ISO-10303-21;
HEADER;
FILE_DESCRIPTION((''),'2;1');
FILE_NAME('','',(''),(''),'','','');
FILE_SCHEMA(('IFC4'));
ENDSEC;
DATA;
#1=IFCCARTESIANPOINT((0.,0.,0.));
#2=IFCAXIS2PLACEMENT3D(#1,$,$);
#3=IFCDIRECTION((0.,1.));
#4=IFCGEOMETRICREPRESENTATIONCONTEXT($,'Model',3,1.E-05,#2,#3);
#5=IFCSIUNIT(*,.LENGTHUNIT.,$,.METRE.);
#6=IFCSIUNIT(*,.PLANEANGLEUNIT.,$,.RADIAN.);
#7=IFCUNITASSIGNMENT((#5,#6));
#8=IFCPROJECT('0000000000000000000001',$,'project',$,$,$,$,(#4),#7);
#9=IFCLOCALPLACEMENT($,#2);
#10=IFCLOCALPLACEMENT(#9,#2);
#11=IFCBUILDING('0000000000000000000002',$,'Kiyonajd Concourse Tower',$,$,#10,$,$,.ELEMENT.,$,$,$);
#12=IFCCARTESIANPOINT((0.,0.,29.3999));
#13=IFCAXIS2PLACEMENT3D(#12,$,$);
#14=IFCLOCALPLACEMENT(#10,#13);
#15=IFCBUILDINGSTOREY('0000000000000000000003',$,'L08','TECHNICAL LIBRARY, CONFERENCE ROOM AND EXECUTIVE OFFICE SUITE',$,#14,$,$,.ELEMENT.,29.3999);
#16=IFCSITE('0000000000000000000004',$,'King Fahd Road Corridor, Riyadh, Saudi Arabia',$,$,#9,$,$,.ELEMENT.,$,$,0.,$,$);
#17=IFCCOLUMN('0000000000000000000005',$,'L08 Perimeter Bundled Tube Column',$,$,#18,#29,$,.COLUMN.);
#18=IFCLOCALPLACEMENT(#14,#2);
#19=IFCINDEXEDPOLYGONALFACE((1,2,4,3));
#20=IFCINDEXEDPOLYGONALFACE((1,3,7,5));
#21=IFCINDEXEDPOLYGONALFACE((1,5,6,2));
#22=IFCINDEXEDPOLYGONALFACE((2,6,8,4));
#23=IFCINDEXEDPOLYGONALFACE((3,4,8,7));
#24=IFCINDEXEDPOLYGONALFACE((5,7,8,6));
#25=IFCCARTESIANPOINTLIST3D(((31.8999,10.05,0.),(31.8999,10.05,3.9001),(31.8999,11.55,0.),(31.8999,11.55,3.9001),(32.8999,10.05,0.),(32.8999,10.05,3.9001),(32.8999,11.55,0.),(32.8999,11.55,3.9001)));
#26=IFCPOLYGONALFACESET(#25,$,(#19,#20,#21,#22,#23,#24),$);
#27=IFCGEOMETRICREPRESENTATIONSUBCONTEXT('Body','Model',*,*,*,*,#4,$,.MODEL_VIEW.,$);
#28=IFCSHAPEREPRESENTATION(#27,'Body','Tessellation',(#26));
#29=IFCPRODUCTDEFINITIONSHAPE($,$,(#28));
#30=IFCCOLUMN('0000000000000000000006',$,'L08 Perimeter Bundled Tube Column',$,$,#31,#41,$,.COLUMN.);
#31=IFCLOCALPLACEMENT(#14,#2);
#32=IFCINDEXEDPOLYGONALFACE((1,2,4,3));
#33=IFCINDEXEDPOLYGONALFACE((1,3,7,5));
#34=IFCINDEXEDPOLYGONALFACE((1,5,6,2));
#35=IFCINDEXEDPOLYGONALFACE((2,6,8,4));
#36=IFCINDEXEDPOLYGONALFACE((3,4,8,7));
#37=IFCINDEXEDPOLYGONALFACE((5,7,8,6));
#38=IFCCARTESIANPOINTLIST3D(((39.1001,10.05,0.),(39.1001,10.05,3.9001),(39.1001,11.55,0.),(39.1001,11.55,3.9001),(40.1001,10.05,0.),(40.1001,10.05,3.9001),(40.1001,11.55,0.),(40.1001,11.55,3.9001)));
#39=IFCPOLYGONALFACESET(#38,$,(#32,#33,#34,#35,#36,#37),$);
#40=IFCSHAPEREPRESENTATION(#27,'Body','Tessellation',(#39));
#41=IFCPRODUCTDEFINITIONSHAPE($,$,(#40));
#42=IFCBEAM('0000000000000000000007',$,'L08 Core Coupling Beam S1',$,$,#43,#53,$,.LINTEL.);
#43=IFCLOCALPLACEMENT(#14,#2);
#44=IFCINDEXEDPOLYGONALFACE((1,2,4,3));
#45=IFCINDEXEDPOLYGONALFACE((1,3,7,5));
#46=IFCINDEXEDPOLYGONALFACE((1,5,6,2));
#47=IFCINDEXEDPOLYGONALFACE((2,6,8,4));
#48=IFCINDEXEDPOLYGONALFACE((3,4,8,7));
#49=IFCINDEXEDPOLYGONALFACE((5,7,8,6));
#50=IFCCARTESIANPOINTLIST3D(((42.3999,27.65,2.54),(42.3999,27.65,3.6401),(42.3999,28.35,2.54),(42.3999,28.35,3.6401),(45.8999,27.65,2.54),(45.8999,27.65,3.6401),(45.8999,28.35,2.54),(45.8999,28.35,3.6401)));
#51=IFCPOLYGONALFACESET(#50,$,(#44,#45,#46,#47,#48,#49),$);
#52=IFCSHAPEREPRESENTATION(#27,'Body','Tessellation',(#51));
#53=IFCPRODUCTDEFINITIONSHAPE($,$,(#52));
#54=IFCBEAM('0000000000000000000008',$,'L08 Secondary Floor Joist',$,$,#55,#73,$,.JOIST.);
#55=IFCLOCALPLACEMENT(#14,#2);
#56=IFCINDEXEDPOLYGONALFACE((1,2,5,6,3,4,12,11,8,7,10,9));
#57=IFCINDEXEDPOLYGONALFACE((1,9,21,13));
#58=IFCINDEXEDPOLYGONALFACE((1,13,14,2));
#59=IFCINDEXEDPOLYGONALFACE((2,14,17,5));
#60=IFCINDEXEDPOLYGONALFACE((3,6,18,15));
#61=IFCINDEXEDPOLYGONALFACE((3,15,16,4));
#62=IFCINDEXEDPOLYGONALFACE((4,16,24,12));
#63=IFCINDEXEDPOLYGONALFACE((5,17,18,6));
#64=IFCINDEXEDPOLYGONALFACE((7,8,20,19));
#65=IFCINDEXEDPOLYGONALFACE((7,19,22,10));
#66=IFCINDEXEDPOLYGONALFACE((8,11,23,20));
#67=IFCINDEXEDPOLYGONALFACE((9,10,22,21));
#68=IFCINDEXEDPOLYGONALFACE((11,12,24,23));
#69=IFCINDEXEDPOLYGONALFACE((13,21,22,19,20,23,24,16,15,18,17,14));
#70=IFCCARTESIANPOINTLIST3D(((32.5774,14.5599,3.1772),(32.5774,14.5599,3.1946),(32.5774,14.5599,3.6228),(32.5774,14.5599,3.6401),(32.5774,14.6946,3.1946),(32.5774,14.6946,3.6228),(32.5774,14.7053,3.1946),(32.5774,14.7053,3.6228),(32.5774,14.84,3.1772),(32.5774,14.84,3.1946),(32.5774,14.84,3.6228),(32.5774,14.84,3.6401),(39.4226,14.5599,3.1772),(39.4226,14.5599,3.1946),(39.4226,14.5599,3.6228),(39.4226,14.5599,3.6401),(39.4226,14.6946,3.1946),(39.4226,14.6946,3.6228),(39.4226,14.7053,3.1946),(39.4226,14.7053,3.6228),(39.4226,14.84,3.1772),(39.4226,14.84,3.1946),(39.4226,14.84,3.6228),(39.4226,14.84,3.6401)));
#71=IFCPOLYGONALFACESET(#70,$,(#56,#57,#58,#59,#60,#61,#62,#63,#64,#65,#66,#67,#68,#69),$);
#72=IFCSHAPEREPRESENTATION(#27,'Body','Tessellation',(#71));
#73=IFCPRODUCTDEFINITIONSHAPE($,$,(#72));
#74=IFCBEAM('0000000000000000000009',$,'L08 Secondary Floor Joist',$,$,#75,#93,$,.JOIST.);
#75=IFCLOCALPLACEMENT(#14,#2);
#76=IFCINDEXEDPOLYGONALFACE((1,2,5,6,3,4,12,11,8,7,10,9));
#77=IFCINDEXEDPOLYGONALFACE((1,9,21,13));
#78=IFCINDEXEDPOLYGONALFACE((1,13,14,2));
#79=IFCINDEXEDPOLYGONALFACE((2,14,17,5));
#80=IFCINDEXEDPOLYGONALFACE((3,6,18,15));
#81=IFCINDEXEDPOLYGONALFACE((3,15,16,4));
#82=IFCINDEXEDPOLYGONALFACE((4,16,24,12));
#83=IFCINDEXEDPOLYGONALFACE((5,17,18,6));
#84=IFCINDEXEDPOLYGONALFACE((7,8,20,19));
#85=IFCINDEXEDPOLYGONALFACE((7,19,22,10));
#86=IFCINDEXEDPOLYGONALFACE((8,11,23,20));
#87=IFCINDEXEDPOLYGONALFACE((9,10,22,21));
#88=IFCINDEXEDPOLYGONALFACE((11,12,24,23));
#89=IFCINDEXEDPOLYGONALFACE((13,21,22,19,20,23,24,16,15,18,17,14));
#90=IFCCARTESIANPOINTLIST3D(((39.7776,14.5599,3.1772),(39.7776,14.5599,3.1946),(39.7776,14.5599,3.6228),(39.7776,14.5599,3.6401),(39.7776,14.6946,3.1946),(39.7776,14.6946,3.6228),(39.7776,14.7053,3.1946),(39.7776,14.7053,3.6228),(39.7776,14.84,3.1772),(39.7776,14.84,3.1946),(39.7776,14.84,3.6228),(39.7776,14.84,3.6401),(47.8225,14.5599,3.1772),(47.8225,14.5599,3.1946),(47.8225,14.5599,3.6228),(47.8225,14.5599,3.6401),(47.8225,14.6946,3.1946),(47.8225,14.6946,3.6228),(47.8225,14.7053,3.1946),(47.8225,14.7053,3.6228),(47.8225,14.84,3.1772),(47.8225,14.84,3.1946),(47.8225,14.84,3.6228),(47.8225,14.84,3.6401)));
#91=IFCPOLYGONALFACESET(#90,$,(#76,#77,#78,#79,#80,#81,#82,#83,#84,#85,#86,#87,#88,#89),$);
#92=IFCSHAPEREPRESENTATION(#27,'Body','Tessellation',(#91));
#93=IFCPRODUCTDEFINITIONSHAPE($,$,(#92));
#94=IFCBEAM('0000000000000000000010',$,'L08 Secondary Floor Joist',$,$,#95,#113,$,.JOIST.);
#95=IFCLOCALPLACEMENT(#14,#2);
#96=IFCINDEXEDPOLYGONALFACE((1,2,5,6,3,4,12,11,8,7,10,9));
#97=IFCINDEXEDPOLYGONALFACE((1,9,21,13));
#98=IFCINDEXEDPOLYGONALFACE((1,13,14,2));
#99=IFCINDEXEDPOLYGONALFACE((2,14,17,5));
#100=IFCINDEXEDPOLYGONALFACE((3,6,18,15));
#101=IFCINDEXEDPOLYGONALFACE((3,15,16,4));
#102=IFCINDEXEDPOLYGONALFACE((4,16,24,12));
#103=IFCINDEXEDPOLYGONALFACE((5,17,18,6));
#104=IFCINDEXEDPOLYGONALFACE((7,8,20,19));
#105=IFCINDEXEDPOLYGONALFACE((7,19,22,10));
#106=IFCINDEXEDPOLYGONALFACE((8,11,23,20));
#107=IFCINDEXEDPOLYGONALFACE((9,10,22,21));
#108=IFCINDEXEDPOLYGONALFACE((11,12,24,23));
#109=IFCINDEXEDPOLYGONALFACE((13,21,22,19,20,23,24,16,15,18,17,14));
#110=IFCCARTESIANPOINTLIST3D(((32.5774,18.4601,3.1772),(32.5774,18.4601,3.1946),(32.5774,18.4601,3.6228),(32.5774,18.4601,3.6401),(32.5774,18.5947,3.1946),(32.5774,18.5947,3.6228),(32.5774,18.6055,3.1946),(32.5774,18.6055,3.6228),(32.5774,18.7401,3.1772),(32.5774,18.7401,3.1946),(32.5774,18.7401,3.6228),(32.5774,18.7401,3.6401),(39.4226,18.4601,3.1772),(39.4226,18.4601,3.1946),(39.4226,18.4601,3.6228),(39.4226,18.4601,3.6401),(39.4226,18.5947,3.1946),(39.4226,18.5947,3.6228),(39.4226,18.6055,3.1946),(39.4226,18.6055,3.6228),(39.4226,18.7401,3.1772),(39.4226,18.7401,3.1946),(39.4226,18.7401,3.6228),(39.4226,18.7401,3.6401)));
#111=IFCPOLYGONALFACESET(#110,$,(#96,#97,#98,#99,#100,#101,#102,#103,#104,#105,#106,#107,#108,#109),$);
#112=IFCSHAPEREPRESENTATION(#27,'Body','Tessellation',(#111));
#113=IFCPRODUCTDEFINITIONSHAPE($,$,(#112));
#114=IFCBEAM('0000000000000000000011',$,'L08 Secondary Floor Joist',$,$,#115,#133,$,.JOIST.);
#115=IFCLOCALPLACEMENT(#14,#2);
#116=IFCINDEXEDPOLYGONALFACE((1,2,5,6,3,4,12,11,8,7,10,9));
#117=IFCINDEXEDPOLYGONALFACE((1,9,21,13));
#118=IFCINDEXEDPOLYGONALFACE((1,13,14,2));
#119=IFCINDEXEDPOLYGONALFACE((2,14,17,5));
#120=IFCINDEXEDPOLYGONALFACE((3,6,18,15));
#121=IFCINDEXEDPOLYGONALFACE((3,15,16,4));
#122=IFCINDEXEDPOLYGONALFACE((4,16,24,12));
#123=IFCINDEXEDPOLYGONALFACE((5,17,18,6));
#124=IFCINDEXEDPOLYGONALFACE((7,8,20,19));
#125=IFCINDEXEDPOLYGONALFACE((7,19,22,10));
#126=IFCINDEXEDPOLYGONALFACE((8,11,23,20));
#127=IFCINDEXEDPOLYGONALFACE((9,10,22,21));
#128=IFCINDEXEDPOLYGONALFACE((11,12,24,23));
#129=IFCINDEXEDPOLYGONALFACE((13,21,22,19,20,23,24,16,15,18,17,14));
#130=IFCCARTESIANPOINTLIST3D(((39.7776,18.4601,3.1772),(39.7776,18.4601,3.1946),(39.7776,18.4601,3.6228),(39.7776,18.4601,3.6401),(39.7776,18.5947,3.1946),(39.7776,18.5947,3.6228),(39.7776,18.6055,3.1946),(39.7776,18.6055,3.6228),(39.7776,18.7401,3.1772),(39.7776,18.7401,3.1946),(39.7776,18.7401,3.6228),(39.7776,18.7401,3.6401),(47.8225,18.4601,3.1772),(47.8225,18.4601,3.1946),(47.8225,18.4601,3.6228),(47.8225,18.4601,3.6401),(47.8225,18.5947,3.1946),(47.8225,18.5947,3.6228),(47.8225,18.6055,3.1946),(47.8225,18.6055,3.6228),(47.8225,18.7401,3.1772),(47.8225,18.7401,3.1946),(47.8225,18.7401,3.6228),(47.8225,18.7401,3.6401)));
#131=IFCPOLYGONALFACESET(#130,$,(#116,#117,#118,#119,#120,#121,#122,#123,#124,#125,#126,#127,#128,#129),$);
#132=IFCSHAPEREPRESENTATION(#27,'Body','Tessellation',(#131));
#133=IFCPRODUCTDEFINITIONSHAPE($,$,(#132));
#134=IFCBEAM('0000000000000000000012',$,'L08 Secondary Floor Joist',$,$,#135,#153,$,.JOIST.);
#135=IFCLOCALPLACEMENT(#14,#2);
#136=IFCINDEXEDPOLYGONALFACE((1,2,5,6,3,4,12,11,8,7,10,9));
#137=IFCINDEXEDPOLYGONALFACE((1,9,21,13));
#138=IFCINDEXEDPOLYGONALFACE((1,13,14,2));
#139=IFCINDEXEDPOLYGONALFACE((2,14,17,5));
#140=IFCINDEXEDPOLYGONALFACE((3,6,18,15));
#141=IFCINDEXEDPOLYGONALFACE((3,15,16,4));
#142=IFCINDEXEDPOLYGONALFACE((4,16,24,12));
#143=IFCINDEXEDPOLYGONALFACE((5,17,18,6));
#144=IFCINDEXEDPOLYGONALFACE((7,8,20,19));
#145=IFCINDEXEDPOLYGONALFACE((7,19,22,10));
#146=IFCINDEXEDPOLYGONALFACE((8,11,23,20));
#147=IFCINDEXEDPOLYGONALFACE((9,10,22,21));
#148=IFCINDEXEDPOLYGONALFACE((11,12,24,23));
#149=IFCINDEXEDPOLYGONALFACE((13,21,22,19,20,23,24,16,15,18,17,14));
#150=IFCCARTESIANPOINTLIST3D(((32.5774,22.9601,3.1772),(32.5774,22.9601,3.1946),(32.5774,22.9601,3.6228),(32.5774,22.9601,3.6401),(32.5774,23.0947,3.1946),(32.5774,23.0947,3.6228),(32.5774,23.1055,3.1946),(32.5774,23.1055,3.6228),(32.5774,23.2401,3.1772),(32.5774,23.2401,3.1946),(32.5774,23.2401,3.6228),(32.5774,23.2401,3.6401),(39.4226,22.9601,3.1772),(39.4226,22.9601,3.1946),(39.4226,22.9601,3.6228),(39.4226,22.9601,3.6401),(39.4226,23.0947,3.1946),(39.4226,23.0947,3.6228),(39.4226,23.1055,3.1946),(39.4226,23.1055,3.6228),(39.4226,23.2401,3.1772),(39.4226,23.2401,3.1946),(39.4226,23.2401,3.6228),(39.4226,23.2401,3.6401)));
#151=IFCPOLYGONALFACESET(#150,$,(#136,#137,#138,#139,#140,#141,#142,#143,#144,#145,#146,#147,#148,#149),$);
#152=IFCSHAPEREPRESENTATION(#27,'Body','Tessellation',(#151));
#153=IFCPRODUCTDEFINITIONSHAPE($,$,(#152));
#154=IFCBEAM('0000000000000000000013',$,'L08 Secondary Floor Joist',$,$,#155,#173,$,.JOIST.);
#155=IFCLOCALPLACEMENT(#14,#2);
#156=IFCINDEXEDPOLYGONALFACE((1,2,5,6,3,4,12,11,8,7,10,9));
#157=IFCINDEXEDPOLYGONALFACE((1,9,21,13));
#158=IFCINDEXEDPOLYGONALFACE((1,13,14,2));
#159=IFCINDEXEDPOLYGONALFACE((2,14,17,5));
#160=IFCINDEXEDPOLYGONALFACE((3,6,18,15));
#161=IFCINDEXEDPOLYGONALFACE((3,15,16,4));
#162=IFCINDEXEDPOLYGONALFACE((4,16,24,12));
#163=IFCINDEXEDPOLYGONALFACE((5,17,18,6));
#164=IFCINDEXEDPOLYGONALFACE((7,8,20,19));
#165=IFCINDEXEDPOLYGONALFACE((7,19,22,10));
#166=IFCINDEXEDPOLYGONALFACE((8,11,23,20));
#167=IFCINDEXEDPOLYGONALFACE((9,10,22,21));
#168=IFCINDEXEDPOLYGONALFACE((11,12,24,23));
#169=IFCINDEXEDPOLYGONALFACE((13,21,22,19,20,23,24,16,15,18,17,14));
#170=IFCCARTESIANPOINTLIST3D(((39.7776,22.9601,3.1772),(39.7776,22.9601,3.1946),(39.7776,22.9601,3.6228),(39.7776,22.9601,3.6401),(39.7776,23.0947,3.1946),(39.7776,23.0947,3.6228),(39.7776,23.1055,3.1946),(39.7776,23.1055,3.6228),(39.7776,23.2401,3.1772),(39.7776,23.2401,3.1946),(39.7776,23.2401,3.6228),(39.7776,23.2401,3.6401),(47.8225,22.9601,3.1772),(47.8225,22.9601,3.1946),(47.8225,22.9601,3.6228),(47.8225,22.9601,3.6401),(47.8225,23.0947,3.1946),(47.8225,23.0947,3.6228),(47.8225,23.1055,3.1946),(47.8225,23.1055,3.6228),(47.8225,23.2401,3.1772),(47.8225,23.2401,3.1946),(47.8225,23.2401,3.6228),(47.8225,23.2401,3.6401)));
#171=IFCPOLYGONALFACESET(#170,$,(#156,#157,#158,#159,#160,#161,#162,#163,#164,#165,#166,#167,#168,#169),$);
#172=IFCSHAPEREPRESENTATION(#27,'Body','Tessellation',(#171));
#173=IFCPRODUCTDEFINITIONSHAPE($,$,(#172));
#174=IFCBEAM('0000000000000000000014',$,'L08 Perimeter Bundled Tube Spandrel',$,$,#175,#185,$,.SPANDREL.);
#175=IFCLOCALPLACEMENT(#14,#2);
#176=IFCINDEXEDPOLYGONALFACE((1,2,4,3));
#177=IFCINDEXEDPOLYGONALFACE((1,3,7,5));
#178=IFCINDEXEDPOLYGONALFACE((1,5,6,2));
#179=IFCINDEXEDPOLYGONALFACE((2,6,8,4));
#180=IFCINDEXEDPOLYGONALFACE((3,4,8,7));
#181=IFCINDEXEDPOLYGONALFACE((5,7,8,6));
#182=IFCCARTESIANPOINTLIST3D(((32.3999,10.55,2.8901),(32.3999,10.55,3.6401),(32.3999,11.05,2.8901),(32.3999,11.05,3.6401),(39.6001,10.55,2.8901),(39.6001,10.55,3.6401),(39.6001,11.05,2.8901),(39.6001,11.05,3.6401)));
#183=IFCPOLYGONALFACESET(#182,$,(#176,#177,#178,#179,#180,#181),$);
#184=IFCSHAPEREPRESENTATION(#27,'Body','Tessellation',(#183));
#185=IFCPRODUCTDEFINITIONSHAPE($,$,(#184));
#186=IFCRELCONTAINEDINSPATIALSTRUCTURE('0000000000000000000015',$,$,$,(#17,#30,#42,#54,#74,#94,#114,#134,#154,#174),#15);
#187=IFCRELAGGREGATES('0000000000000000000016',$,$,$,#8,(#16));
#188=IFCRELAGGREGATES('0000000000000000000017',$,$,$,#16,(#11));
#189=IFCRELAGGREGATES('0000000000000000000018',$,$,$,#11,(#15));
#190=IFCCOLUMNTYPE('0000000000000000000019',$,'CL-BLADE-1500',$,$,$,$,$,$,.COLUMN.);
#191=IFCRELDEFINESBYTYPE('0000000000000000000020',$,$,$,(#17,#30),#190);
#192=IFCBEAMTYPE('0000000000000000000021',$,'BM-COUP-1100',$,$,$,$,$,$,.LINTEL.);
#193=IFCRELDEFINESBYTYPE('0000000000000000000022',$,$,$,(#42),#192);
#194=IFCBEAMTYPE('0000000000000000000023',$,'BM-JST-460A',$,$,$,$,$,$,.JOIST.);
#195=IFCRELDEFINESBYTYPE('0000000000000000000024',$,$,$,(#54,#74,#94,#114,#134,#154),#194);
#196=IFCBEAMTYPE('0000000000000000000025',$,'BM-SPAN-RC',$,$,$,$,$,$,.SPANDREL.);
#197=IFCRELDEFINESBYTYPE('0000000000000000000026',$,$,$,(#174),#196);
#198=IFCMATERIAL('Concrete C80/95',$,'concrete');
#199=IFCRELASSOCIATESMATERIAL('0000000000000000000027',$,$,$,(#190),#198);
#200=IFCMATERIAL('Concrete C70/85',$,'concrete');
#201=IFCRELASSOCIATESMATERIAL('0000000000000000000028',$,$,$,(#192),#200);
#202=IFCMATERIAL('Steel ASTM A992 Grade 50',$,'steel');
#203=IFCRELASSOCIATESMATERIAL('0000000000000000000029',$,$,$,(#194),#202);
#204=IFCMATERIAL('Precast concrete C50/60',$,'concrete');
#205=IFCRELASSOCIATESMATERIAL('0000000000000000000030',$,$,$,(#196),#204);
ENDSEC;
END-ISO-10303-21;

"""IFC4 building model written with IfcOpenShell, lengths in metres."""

from ifc_helpers import new_model, si_unit, direction, frame, origin, origin_2d, place, context, subcontext, project, spatial, rectangle, i_section, extrude, material, material_profile, profile_set, type_object, element, save


model = new_model("IFC4")

# Units and contexts
model_context = context("Model", 3, precision=1e-05, world=origin(), true_north=direction((0.0, 1.0)))
body_context = subcontext(model_context, "Body", "Model", "MODEL_VIEW")
ifc_project = project(units=[si_unit("LENGTHUNIT", "METRE"), si_unit("PLANEANGLEUNIT", "RADIAN")], contexts=[model_context])

# Site, building, storey
site_placement = place(None, origin())
site = spatial("IfcSite", under=ifc_project, at=site_placement, Name="King Fahd Road Corridor, Riyadh, Saudi Arabia", CompositionType="ELEMENT", RefElevation=0.0)
building_placement = place(site_placement, origin())
building = spatial("IfcBuilding", under=site, at=building_placement, Name="Kiyonajd Concourse Tower", CompositionType="ELEMENT")
storey_placement = place(building_placement, frame((0.0, 0.0, 29.3999)))
storey = spatial("IfcBuildingStorey", under=building, at=storey_placement, Name="L08", Description="TECHNICAL LIBRARY, CONFERENCE ROOM AND EXECUTIVE OFFICE SUITE", CompositionType="ELEMENT", Elevation=29.3999)

# Columns
ifc_material_1 = material(Name="Concrete C80/95", Category="concrete")
ifc_material_profile_1 = material_profile(ifc_material_1, rectangle(XDim=1.0, YDim=1.5, at=origin_2d()), Name="RC-1500x1000")
ifc_profile_set_1 = profile_set([ifc_material_profile_1], Name="Concrete C80/95")
column_type = type_object("IfcColumnType", Name="CL-BLADE-1500", PredefinedType="COLUMN", material=ifc_profile_set_1)
for number, where, z_axis, x_axis, name in (
    (1, (32.3999, 10.8, 0.0), (0.0, 0.0, 1.0), (1.0, 0.0, 0.0), "L08 Perimeter Bundled Tube Column"),
    (2, (39.6001, 10.8, 0.0), (0.0, 0.0, 1.0), (1.0, 0.0, 0.0), "L08 Perimeter Bundled Tube Column"),
):
    element("IfcColumn", number, at=place(storey_placement, frame(where, z_axis=z_axis, x_axis=x_axis)), inside=storey, type_object=column_type, Name=name, PredefinedType="COLUMN", context=body_context, shape_type="SweptSolid", body=[
        extrude(rectangle(XDim=1.0, YDim=1.5, at=origin_2d()), origin(), (0.0, 0.0, 1.0), 3.9001),
    ])

# Beams
ifc_material_2 = material(Name="Concrete C70/85", Category="concrete")
ifc_material_profile_2 = material_profile(ifc_material_2, rectangle(XDim=0.7, YDim=1.1001, at=origin_2d()), Name="RCBM-700x1100")
ifc_profile_set_2 = profile_set([ifc_material_profile_2], Name="Concrete C70/85")
beam_type_1 = type_object("IfcBeamType", Name="BM-COUP-1100", PredefinedType="LINTEL", material=ifc_profile_set_2)
beam_1_placement = place(storey_placement, frame((42.3999, 28.0, 3.0901), z_axis=(1.0, 0.0, 0.0), x_axis=(0.0, 1.0, 0.0)))
element("IfcBeam", 3, at=beam_1_placement, inside=storey, type_object=beam_type_1, Name="L08 Core Coupling Beam S1", PredefinedType="LINTEL", context=body_context, shape_type="SweptSolid", body=[
    extrude(rectangle(XDim=0.7, YDim=1.1001, at=origin_2d()), origin(), (0.0, 0.0, 1.0), 3.5),
])
ifc_material_3 = material(Name="Steel ASTM A992 Grade 50", Category="steel")
ifc_material_profile_3 = material_profile(ifc_material_3, i_section(OverallWidth=0.28, OverallDepth=0.4629, WebThickness=0.0107, FlangeThickness=0.0173, at=origin_2d()), Name="W460X113")
ifc_profile_set_3 = profile_set([ifc_material_profile_3], Name="Steel ASTM A992 Grade 50")
beam_type_2 = type_object("IfcBeamType", Name="BM-JST-460A", PredefinedType="JOIST", material=ifc_profile_set_3)
beam_2_placement = place(storey_placement, frame((32.5774, 14.7, 3.4087), z_axis=(1.0, 0.0, 0.0), x_axis=(0.0, 1.0, 0.0)))
element("IfcBeam", 4, at=beam_2_placement, inside=storey, type_object=beam_type_2, Name="L08 Secondary Floor Joist", PredefinedType="JOIST", context=body_context, shape_type="SweptSolid", body=[
    extrude(i_section(OverallWidth=0.28, OverallDepth=0.4629, WebThickness=0.0107, FlangeThickness=0.0173, at=origin_2d()), origin(), (0.0, 0.0, 1.0), 6.8452),
])
beam_3_placement = place(storey_placement, frame((39.7776, 14.7, 3.4087), z_axis=(1.0, 0.0, 0.0), x_axis=(0.0, 1.0, 0.0)))
element("IfcBeam", 5, at=beam_3_placement, inside=storey, type_object=beam_type_2, Name="L08 Secondary Floor Joist", PredefinedType="JOIST", context=body_context, shape_type="SweptSolid", body=[
    extrude(i_section(OverallWidth=0.28, OverallDepth=0.4629, WebThickness=0.0107, FlangeThickness=0.0173, at=origin_2d()), origin(), (0.0, 0.0, 1.0), 8.0449),
])
beam_4_placement = place(storey_placement, frame((32.5774, 18.6001, 3.4087), z_axis=(1.0, 0.0, 0.0), x_axis=(0.0, 1.0, 0.0)))
element("IfcBeam", 6, at=beam_4_placement, inside=storey, type_object=beam_type_2, Name="L08 Secondary Floor Joist", PredefinedType="JOIST", context=body_context, shape_type="SweptSolid", body=[
    extrude(i_section(OverallWidth=0.28, OverallDepth=0.4629, WebThickness=0.0107, FlangeThickness=0.0173, at=origin_2d()), origin(), (0.0, 0.0, 1.0), 6.8452),
])
beam_5_placement = place(storey_placement, frame((39.7776, 18.6001, 3.4087), z_axis=(1.0, 0.0, 0.0), x_axis=(0.0, 1.0, 0.0)))
element("IfcBeam", 7, at=beam_5_placement, inside=storey, type_object=beam_type_2, Name="L08 Secondary Floor Joist", PredefinedType="JOIST", context=body_context, shape_type="SweptSolid", body=[
    extrude(i_section(OverallWidth=0.28, OverallDepth=0.4629, WebThickness=0.0107, FlangeThickness=0.0173, at=origin_2d()), origin(), (0.0, 0.0, 1.0), 8.0449),
])
beam_6_placement = place(storey_placement, frame((32.5774, 23.1001, 3.4087), z_axis=(1.0, 0.0, 0.0), x_axis=(0.0, 1.0, 0.0)))
element("IfcBeam", 8, at=beam_6_placement, inside=storey, type_object=beam_type_2, Name="L08 Secondary Floor Joist", PredefinedType="JOIST", context=body_context, shape_type="SweptSolid", body=[
    extrude(i_section(OverallWidth=0.28, OverallDepth=0.4629, WebThickness=0.0107, FlangeThickness=0.0173, at=origin_2d()), origin(), (0.0, 0.0, 1.0), 6.8452),
])
beam_7_placement = place(storey_placement, frame((39.7776, 23.1001, 3.4087), z_axis=(1.0, 0.0, 0.0), x_axis=(0.0, 1.0, 0.0)))
element("IfcBeam", 9, at=beam_7_placement, inside=storey, type_object=beam_type_2, Name="L08 Secondary Floor Joist", PredefinedType="JOIST", context=body_context, shape_type="SweptSolid", body=[
    extrude(i_section(OverallWidth=0.28, OverallDepth=0.4629, WebThickness=0.0107, FlangeThickness=0.0173, at=origin_2d()), origin(), (0.0, 0.0, 1.0), 8.0449),
])
ifc_material_4 = material(Name="Precast concrete C50/60", Category="concrete")
ifc_material_profile_4 = material_profile(ifc_material_4, rectangle(XDim=0.5, YDim=0.75, at=origin_2d()), Name="RCBM-500x750")
ifc_profile_set_4 = profile_set([ifc_material_profile_4], Name="Precast concrete C50/60")
beam_type_3 = type_object("IfcBeamType", Name="BM-SPAN-RC", PredefinedType="SPANDREL", material=ifc_profile_set_4)
beam_8_placement = place(storey_placement, frame((32.3999, 10.8, 3.2651), z_axis=(1.0, 0.0, 0.0), x_axis=(0.0, 1.0, 0.0)))
element("IfcBeam", 10, at=beam_8_placement, inside=storey, type_object=beam_type_3, Name="L08 Perimeter Bundled Tube Spandrel", PredefinedType="SPANDREL", context=body_context, shape_type="SweptSolid", body=[
    extrude(rectangle(XDim=0.5, YDim=0.75, at=origin_2d()), origin(), (0.0, 0.0, 1.0), 7.2002),
])

save(model, "model.ifc")
